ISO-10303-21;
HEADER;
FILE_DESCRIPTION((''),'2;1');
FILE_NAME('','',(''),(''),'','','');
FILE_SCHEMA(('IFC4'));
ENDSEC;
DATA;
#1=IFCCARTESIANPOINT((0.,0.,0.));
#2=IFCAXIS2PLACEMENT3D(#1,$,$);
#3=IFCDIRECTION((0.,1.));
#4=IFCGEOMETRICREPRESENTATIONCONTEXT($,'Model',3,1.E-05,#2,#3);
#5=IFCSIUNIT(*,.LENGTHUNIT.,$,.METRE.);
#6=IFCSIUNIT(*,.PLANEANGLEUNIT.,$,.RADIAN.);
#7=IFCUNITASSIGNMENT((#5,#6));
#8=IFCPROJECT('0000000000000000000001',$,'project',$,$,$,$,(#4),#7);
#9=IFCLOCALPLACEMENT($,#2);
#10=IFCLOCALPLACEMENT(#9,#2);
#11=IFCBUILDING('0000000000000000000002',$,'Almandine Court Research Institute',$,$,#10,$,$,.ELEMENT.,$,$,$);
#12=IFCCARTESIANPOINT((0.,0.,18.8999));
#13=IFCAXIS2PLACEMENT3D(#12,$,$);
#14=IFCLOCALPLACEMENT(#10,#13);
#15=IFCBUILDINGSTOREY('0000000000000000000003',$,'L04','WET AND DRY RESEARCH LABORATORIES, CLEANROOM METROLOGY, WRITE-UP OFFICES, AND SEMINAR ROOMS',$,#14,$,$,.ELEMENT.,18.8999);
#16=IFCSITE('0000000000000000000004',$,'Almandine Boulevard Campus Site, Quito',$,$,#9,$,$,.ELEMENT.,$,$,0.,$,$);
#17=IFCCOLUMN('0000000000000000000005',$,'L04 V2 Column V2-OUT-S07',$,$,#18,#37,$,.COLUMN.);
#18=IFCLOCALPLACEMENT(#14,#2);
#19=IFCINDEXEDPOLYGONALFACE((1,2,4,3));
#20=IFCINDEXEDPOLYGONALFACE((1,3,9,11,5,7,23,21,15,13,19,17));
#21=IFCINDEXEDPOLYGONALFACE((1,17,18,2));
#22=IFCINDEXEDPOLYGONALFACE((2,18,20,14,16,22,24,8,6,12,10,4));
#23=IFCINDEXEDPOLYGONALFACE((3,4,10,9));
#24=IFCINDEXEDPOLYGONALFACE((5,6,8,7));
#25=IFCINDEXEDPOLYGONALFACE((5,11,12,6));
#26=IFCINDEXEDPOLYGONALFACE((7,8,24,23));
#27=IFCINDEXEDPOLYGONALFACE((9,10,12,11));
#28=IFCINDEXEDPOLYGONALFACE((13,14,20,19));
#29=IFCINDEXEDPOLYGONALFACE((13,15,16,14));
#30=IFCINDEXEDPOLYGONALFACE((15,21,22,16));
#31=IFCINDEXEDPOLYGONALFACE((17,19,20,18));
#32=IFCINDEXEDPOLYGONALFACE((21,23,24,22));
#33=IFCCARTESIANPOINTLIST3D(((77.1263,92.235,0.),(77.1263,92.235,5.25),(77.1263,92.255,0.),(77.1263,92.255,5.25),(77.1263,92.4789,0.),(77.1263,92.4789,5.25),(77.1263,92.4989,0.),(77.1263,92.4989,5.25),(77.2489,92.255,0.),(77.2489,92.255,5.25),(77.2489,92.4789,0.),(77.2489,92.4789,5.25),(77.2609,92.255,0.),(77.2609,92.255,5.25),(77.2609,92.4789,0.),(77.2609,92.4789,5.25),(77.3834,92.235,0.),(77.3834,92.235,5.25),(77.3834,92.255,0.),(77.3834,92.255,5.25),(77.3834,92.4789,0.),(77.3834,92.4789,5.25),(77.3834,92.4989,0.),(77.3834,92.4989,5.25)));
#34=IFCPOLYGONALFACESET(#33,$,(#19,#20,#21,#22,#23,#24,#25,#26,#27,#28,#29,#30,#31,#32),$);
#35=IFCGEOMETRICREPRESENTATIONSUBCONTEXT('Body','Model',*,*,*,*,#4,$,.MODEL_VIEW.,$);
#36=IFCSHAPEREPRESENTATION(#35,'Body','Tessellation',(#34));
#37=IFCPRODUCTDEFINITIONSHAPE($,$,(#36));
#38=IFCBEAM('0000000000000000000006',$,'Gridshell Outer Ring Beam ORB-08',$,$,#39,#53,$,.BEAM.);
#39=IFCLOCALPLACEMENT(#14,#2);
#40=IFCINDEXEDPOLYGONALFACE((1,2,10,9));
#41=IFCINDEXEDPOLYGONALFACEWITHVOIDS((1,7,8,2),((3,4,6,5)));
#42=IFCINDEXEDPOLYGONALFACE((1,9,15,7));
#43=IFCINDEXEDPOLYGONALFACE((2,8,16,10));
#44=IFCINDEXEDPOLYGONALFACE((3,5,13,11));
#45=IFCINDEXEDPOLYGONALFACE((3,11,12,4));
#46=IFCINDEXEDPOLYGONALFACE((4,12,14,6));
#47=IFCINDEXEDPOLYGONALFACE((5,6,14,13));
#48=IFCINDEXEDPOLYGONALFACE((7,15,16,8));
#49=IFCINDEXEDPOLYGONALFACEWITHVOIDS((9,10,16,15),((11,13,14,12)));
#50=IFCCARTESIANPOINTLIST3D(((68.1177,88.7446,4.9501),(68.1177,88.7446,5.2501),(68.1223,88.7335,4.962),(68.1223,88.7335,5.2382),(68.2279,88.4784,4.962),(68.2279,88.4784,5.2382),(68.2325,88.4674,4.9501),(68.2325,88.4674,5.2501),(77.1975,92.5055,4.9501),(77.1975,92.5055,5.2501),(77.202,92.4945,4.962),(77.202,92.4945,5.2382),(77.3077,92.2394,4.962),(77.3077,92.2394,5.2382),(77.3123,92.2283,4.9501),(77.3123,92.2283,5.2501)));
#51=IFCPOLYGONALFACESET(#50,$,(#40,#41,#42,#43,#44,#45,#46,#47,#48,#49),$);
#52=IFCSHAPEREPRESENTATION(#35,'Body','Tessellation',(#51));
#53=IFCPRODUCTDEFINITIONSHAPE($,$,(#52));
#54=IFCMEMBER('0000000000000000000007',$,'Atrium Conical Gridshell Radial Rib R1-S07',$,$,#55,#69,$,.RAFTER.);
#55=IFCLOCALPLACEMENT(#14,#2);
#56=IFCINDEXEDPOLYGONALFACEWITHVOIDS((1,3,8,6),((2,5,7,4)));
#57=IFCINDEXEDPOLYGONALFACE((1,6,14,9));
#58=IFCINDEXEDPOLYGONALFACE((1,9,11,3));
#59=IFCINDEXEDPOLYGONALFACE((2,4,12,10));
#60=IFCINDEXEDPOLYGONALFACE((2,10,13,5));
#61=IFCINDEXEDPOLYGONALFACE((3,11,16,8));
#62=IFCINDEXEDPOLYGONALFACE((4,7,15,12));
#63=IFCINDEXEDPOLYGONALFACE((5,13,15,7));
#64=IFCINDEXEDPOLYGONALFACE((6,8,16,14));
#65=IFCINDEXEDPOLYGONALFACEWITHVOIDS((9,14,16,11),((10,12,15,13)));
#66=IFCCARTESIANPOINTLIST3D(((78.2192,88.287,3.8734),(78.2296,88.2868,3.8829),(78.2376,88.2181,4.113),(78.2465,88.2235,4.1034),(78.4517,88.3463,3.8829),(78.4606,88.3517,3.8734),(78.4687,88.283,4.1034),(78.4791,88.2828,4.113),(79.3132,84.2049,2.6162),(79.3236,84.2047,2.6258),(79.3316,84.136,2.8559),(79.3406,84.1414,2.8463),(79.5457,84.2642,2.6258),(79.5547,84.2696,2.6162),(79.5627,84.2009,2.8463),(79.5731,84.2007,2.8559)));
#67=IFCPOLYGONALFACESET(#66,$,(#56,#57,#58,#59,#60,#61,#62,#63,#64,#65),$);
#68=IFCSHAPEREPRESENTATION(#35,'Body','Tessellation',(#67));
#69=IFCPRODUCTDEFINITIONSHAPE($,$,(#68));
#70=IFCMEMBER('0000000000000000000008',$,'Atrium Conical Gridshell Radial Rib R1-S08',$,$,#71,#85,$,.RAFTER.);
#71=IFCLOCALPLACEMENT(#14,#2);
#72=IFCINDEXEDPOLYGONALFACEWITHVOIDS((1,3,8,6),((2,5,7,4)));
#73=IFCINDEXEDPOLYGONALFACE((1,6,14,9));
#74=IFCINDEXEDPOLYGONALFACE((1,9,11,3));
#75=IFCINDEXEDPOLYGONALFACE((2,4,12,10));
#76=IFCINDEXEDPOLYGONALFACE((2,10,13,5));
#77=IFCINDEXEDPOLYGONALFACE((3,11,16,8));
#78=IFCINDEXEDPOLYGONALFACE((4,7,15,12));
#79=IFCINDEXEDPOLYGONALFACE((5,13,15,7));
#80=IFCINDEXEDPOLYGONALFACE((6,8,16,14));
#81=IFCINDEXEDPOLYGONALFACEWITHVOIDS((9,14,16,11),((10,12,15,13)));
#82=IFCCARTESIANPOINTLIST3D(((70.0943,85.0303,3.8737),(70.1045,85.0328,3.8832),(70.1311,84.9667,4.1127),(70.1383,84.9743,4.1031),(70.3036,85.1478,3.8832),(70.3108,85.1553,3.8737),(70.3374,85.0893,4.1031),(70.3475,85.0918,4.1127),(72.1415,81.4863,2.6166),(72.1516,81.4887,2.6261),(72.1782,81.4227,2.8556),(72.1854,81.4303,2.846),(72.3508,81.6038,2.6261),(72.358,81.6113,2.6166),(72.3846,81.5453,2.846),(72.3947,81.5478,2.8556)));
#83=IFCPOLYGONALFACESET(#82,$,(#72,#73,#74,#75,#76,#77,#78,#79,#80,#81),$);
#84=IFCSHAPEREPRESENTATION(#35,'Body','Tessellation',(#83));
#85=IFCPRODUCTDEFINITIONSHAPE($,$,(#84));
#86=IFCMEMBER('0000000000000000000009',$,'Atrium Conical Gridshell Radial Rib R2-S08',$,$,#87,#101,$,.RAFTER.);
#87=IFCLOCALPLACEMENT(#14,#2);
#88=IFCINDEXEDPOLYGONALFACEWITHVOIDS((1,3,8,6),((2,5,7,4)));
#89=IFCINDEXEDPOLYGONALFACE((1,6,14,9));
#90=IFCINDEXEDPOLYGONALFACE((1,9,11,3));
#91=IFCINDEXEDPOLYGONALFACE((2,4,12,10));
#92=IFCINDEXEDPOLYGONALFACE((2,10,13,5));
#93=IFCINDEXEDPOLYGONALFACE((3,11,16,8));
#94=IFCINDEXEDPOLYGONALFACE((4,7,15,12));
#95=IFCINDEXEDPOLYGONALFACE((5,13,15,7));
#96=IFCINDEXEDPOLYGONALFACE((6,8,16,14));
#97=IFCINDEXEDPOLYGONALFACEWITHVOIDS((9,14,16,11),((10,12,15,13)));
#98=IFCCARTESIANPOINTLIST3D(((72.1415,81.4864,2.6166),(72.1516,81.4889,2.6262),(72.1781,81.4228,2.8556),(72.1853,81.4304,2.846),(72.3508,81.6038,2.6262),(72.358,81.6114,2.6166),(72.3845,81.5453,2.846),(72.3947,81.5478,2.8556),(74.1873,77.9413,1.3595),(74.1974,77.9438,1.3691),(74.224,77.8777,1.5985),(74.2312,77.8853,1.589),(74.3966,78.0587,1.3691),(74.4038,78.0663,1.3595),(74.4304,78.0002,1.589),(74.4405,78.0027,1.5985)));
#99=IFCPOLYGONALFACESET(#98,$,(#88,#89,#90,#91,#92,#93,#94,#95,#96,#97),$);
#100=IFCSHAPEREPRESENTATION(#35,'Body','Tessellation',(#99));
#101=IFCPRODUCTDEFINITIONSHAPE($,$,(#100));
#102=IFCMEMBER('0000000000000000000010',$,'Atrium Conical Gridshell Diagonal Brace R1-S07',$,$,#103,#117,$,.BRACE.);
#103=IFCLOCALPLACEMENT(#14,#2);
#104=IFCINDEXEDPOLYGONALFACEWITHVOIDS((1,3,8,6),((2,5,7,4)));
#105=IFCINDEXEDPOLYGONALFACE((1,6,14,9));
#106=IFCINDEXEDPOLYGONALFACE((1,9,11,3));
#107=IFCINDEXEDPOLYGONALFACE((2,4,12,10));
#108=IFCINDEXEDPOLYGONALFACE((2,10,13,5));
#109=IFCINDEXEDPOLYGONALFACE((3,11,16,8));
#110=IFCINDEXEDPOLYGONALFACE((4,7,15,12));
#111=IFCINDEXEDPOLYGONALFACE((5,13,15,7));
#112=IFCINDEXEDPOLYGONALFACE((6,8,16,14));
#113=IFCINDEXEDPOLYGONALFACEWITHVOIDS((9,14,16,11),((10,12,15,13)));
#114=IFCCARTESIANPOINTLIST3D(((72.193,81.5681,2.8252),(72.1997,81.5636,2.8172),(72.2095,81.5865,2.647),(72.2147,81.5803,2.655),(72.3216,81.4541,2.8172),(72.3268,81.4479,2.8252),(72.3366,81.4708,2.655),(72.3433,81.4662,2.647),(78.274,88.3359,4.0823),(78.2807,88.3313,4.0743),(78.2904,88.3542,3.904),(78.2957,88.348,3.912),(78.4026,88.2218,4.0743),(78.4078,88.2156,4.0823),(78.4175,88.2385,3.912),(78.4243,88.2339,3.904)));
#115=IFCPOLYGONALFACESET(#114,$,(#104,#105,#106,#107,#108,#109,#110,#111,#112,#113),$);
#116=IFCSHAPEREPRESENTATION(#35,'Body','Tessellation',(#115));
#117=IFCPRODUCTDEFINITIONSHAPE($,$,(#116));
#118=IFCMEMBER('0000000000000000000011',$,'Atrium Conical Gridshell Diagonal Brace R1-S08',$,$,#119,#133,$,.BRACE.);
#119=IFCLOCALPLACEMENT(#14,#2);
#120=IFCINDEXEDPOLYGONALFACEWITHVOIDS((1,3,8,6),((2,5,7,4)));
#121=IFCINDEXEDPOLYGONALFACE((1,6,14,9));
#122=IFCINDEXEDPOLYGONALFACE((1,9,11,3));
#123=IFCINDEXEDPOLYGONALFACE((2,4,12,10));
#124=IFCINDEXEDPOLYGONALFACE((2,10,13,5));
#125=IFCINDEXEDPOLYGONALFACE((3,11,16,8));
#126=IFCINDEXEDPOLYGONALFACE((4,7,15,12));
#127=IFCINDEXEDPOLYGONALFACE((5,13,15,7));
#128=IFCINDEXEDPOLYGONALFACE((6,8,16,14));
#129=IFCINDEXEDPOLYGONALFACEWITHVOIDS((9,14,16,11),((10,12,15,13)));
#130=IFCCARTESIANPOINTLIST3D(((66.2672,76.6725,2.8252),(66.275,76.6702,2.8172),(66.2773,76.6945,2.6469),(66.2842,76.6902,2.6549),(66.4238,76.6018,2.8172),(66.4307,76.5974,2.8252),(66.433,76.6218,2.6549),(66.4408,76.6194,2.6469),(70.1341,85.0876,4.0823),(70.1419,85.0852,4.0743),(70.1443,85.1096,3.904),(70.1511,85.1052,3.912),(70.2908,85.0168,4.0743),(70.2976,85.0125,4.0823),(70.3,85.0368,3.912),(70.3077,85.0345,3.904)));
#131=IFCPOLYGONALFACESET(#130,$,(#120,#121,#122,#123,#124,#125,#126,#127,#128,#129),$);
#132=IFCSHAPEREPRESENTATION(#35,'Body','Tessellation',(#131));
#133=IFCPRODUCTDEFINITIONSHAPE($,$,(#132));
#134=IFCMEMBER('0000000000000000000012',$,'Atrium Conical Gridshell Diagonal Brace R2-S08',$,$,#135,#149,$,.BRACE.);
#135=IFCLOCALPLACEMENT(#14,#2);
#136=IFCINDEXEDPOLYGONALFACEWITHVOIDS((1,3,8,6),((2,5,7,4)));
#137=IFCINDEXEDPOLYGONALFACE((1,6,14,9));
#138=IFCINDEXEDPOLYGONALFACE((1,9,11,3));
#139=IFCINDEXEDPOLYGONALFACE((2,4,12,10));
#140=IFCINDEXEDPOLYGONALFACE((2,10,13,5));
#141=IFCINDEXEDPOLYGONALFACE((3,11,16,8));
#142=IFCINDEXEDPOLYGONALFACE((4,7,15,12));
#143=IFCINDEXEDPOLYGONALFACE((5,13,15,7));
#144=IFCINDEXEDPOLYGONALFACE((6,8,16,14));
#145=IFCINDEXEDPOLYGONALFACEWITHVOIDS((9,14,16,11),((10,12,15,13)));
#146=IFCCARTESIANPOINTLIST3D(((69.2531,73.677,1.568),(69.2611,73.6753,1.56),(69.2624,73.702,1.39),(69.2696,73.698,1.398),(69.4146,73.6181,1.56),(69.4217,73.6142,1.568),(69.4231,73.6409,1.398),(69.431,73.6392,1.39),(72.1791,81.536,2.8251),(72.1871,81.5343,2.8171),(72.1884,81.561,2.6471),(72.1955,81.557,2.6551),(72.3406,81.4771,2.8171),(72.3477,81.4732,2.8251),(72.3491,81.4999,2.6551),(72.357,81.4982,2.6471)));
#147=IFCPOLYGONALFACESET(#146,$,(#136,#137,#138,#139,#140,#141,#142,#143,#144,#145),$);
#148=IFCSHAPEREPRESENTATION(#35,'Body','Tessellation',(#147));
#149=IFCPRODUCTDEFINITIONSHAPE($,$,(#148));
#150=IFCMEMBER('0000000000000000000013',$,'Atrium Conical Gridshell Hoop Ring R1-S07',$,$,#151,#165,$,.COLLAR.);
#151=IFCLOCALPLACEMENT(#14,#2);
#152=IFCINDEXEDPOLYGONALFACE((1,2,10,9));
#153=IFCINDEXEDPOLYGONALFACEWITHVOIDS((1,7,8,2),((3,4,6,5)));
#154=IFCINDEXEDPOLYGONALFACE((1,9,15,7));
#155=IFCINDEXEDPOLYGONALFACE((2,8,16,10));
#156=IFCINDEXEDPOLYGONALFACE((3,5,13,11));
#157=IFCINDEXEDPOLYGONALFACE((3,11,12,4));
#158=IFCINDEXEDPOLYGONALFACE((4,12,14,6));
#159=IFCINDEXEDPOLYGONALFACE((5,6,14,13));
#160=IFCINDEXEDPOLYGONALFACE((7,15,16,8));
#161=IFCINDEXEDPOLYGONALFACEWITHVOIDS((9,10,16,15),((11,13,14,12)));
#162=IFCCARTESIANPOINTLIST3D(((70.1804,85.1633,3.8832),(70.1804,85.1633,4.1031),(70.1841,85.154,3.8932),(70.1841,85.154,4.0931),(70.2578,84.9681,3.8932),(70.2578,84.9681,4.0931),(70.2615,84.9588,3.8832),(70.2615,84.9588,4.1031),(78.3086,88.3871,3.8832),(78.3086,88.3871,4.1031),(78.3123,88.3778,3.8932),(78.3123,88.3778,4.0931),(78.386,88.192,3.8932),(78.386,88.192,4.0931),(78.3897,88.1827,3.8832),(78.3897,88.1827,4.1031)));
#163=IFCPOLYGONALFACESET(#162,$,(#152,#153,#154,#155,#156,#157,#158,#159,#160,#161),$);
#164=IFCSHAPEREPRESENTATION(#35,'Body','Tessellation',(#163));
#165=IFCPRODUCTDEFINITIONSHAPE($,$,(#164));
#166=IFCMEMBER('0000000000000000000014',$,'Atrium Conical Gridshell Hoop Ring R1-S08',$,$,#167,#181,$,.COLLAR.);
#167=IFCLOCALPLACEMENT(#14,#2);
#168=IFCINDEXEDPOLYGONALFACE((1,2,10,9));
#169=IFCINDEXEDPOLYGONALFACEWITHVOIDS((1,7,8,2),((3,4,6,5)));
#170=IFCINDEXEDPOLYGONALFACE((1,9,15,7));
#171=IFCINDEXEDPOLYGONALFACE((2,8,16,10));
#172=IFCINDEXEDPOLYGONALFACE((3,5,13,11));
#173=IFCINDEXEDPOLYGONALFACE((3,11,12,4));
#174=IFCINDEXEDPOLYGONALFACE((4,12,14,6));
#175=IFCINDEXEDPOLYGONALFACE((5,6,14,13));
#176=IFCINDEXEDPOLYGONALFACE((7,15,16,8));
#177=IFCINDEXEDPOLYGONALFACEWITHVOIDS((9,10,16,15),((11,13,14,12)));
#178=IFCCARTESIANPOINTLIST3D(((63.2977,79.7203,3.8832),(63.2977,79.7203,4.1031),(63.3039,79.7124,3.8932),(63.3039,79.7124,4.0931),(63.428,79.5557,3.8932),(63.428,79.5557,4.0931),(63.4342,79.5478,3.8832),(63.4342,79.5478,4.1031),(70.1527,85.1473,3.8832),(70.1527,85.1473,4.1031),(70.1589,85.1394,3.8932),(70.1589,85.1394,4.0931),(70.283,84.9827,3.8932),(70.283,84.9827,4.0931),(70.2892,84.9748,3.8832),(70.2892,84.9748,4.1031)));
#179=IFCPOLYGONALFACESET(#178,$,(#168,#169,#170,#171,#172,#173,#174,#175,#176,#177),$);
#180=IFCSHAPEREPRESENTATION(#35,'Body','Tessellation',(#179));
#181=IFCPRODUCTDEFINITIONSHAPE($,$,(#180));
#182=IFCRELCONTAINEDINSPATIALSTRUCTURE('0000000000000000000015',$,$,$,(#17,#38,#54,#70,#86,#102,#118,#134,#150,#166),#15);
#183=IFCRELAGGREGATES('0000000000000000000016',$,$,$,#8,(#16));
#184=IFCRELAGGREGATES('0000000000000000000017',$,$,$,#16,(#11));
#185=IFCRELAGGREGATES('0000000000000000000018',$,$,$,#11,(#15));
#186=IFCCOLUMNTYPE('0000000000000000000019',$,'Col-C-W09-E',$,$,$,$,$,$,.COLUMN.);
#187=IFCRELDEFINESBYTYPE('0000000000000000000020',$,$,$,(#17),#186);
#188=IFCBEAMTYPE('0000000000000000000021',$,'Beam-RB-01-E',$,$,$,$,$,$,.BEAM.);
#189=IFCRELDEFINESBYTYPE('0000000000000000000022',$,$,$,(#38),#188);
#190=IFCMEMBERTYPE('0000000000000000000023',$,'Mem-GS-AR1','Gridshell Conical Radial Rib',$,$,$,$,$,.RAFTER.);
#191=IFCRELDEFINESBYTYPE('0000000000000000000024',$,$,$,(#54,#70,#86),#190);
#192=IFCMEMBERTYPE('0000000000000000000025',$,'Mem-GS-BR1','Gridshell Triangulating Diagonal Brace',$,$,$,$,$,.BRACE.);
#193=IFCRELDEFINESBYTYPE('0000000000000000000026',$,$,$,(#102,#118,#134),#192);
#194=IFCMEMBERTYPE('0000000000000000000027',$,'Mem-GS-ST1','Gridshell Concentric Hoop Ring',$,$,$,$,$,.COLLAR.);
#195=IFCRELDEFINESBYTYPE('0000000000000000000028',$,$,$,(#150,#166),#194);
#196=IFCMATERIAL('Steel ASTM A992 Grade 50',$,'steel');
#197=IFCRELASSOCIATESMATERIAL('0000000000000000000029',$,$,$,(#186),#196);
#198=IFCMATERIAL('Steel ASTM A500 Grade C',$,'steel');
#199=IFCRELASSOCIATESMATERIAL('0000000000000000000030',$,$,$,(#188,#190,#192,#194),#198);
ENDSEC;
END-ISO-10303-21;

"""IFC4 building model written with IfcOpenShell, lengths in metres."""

from ifc_helpers import new_model, si_unit, direction, frame, origin, origin_2d, place, context, subcontext, project, spatial, hollow_rectangle, i_section, extrude, material, material_profile, profile_set, type_object, element, save


model = new_model("IFC4")

# Units and contexts
model_context = context("Model", 3, precision=1e-05, world=origin(), true_north=direction((0.0, 1.0)))
body_context = subcontext(model_context, "Body", "Model", "MODEL_VIEW")
ifc_project = project(units=[si_unit("LENGTHUNIT", "METRE"), si_unit("PLANEANGLEUNIT", "RADIAN")], contexts=[model_context])

# Site, building, storey
site_placement = place(None, origin())
site = spatial("IfcSite", under=ifc_project, at=site_placement, Name="Almandine Boulevard Campus Site, Quito", CompositionType="ELEMENT", RefElevation=0.0)
building_placement = place(site_placement, origin())
building = spatial("IfcBuilding", under=site, at=building_placement, Name="Almandine Court Research Institute", CompositionType="ELEMENT")
storey_placement = place(building_placement, frame((0.0, 0.0, 18.8999)))
storey = spatial("IfcBuildingStorey", under=building, at=storey_placement, Name="L04", Description="WET AND DRY RESEARCH LABORATORIES, CLEANROOM METROLOGY, WRITE-UP OFFICES, AND SEMINAR ROOMS", CompositionType="ELEMENT", Elevation=18.8999)

# Column
ifc_material_1 = material(Name="Steel ASTM A992 Grade 50", Category="steel")
ifc_material_profile_1 = material_profile(ifc_material_1, i_section(OverallWidth=0.2571, OverallDepth=0.2639, WebThickness=0.012, FlangeThickness=0.02, at=origin_2d()), Name="W250x101")
ifc_profile_set_1 = profile_set([ifc_material_profile_1], Name="Steel ASTM A992 Grade 50")
column_type = type_object("IfcColumnType", Name="Col-C-W09-E", PredefinedType="COLUMN", material=ifc_profile_set_1)
column_placement = place(storey_placement, frame((77.2549, 92.3669, 0.0), z_axis=(0.0, 0.0, 1.0), x_axis=(1.0, 0.0, 0.0)))
element("IfcColumn", 1, at=column_placement, inside=storey, type_object=column_type, Name="L04 V2 Column V2-OUT-S07", PredefinedType="COLUMN", context=body_context, shape_type="SweptSolid", body=[
    extrude(i_section(OverallWidth=0.2571, OverallDepth=0.2639, WebThickness=0.012, FlangeThickness=0.02, at=origin_2d()), origin(), (0.0, 0.0, 1.0), 5.25),
])

# Beam
ifc_material_2 = material(Name="Steel ASTM A500 Grade C", Category="steel")
ifc_material_profile_2 = material_profile(ifc_material_2, hollow_rectangle(XDim=0.3, YDim=0.3, WallThickness=0.012, at=origin_2d()), Name="HSS 300x300x12")
ifc_profile_set_2 = profile_set([ifc_material_profile_2], Name="Steel ASTM A500 Grade C")
beam_type = type_object("IfcBeamType", Name="Beam-RB-01-E", PredefinedType="BEAM", material=ifc_profile_set_2)
beam_placement = place(storey_placement, frame((77.2549, 92.3669, 5.1001), z_axis=(-0.92388, -0.382683, 0.0), x_axis=(0.382683, -0.92388, 0.0)))
element("IfcBeam", 2, at=beam_placement, inside=storey, type_object=beam_type, Name="Gridshell Outer Ring Beam ORB-08", PredefinedType="BEAM", context=body_context, shape_type="SweptSolid", body=[
    extrude(hollow_rectangle(XDim=0.3, YDim=0.3, WallThickness=0.012, at=origin_2d()), origin(), (0.0, 0.0, 1.0), 9.8279),
])

# Members
ifc_material_profile_3 = material_profile(ifc_material_2, hollow_rectangle(XDim=0.25, YDim=0.25, WallThickness=0.01, at=origin_2d()), Name="HSS 250x250x10")
ifc_profile_set_3 = profile_set([ifc_material_profile_3], Name="Steel ASTM A500 Grade C")
member_type_1 = type_object("IfcMemberType", Name="Mem-GS-AR1", Description="Gridshell Conical Radial Rib", PredefinedType="RAFTER", material=ifc_profile_set_3)
member_1_placement = place(storey_placement, frame((78.3491, 88.2849, 3.9932), z_axis=(0.248123, -0.925822, -0.285111), x_axis=(0.965913, 0.258867, 0.0)))
element("IfcMember", 3, at=member_1_placement, inside=storey, type_object=member_type_1, Name="Atrium Conical Gridshell Radial Rib R1-S07", PredefinedType="RAFTER", context=body_context, shape_type="SweptSolid", body=[
    extrude(hollow_rectangle(XDim=0.25, YDim=0.25, WallThickness=0.01, at=origin_2d()), origin(), (0.0, 0.0, 1.0), 4.4092),
])
member_2_placement = place(storey_placement, frame((70.2209, 85.061, 3.9932), z_axis=(0.478141, -0.827751, -0.293613), x_axis=(0.865917, 0.500187, 0.0)))
element("IfcMember", 4, at=member_2_placement, inside=storey, type_object=member_type_1, Name="Atrium Conical Gridshell Radial Rib R1-S08", PredefinedType="RAFTER", context=body_context, shape_type="SweptSolid", body=[
    extrude(hollow_rectangle(XDim=0.25, YDim=0.25, WallThickness=0.01, at=origin_2d()), origin(), (0.0, 0.0, 1.0), 4.2815),
])
member_3_placement = place(storey_placement, frame((72.2681, 81.5171, 2.7361), z_axis=(0.477808, -0.827954, -0.293584), x_axis=(0.866121, 0.499834, 0.0)))
element("IfcMember", 5, at=member_3_placement, inside=storey, type_object=member_type_1, Name="Atrium Conical Gridshell Radial Rib R2-S08", PredefinedType="RAFTER", context=body_context, shape_type="SweptSolid", body=[
    extrude(hollow_rectangle(XDim=0.25, YDim=0.25, WallThickness=0.01, at=origin_2d()), origin(), (0.0, 0.0, 1.0), 4.2817),
])
ifc_material_profile_4 = material_profile(ifc_material_2, hollow_rectangle(XDim=0.1799, YDim=0.1799, WallThickness=0.0081, at=origin_2d()), Name="HSS 180x180x8")
ifc_profile_set_4 = profile_set([ifc_material_profile_4], Name="Steel ASTM A500 Grade C")
member_type_2 = type_object("IfcMemberType", Name="Mem-GS-BR1", Description="Gridshell Triangulating Diagonal Brace", PredefinedType="BRACE", material=ifc_profile_set_4)
member_4_placement = place(storey_placement, frame((78.3491, 88.2849, 3.9932), z_axis=(-0.662069, -0.73684, -0.136863), x_axis=(0.74384, -0.668358, 0.0)))
element("IfcMember", 6, at=member_4_placement, inside=storey, type_object=member_type_2, Name="Atrium Conical Gridshell Diagonal Brace R1-S07", PredefinedType="BRACE", context=body_context, shape_type="SweptSolid", body=[
    extrude(hollow_rectangle(XDim=0.1799, YDim=0.1799, WallThickness=0.0081, at=origin_2d()), origin(), (0.0, 0.0, 1.0), 9.1848),
])
member_5_placement = place(storey_placement, frame((70.2209, 85.061, 3.9932), z_axis=(-0.413757, -0.900396, -0.134506), x_axis=(0.908653, -0.417551, 0.0)))
element("IfcMember", 7, at=member_5_placement, inside=storey, type_object=member_type_2, Name="Atrium Conical Gridshell Diagonal Brace R1-S08", PredefinedType="BRACE", context=body_context, shape_type="SweptSolid", body=[
    extrude(hollow_rectangle(XDim=0.1799, YDim=0.1799, WallThickness=0.0081, at=origin_2d()), origin(), (0.0, 0.0, 1.0), 9.3459),
])
member_6_placement = place(storey_placement, frame((72.2681, 81.5171, 2.7361), z_axis=(-0.345056, -0.926801, -0.148243), x_axis=(0.937156, -0.348912, 0.0)))
element("IfcMember", 8, at=member_6_placement, inside=storey, type_object=member_type_2, Name="Atrium Conical Gridshell Diagonal Brace R2-S08", PredefinedType="BRACE", context=body_context, shape_type="SweptSolid", body=[
    extrude(hollow_rectangle(XDim=0.1799, YDim=0.1799, WallThickness=0.0081, at=origin_2d()), origin(), (0.0, 0.0, 1.0), 8.4797),
])
ifc_material_profile_5 = material_profile(ifc_material_2, hollow_rectangle(XDim=0.22, YDim=0.22, WallThickness=0.01, at=origin_2d()), Name="HSS 220x220x10")
ifc_profile_set_5 = profile_set([ifc_material_profile_5], Name="Steel ASTM A500 Grade C")
member_type_3 = type_object("IfcMemberType", Name="Mem-GS-ST1", Description="Gridshell Concentric Hoop Ring", PredefinedType="COLLAR", material=ifc_profile_set_5)
member_7_placement = place(storey_placement, frame((78.3491, 88.2849, 3.9932), z_axis=(-0.929553, -0.368689, 0.0), x_axis=(0.368689, -0.929553, 0.0)))
element("IfcMember", 9, at=member_7_placement, inside=storey, type_object=member_type_3, Name="Atrium Conical Gridshell Hoop Ring R1-S07", PredefinedType="COLLAR", context=body_context, shape_type="SweptSolid", body=[
    extrude(hollow_rectangle(XDim=0.22, YDim=0.22, WallThickness=0.01, at=origin_2d()), origin(), (0.0, 0.0, 1.0), 8.7441),
])
member_8_placement = place(storey_placement, frame((70.2209, 85.061, 3.9932), z_axis=(-0.784038, -0.620713, 0.0), x_axis=(0.620713, -0.784038, 0.0)))
element("IfcMember", 10, at=member_8_placement, inside=storey, type_object=member_type_3, Name="Atrium Conical Gridshell Hoop Ring R1-S08", PredefinedType="COLLAR", context=body_context, shape_type="SweptSolid", body=[
    extrude(hollow_rectangle(XDim=0.22, YDim=0.22, WallThickness=0.01, at=origin_2d()), origin(), (0.0, 0.0, 1.0), 8.7432),
])

save(model, "model.ifc")
